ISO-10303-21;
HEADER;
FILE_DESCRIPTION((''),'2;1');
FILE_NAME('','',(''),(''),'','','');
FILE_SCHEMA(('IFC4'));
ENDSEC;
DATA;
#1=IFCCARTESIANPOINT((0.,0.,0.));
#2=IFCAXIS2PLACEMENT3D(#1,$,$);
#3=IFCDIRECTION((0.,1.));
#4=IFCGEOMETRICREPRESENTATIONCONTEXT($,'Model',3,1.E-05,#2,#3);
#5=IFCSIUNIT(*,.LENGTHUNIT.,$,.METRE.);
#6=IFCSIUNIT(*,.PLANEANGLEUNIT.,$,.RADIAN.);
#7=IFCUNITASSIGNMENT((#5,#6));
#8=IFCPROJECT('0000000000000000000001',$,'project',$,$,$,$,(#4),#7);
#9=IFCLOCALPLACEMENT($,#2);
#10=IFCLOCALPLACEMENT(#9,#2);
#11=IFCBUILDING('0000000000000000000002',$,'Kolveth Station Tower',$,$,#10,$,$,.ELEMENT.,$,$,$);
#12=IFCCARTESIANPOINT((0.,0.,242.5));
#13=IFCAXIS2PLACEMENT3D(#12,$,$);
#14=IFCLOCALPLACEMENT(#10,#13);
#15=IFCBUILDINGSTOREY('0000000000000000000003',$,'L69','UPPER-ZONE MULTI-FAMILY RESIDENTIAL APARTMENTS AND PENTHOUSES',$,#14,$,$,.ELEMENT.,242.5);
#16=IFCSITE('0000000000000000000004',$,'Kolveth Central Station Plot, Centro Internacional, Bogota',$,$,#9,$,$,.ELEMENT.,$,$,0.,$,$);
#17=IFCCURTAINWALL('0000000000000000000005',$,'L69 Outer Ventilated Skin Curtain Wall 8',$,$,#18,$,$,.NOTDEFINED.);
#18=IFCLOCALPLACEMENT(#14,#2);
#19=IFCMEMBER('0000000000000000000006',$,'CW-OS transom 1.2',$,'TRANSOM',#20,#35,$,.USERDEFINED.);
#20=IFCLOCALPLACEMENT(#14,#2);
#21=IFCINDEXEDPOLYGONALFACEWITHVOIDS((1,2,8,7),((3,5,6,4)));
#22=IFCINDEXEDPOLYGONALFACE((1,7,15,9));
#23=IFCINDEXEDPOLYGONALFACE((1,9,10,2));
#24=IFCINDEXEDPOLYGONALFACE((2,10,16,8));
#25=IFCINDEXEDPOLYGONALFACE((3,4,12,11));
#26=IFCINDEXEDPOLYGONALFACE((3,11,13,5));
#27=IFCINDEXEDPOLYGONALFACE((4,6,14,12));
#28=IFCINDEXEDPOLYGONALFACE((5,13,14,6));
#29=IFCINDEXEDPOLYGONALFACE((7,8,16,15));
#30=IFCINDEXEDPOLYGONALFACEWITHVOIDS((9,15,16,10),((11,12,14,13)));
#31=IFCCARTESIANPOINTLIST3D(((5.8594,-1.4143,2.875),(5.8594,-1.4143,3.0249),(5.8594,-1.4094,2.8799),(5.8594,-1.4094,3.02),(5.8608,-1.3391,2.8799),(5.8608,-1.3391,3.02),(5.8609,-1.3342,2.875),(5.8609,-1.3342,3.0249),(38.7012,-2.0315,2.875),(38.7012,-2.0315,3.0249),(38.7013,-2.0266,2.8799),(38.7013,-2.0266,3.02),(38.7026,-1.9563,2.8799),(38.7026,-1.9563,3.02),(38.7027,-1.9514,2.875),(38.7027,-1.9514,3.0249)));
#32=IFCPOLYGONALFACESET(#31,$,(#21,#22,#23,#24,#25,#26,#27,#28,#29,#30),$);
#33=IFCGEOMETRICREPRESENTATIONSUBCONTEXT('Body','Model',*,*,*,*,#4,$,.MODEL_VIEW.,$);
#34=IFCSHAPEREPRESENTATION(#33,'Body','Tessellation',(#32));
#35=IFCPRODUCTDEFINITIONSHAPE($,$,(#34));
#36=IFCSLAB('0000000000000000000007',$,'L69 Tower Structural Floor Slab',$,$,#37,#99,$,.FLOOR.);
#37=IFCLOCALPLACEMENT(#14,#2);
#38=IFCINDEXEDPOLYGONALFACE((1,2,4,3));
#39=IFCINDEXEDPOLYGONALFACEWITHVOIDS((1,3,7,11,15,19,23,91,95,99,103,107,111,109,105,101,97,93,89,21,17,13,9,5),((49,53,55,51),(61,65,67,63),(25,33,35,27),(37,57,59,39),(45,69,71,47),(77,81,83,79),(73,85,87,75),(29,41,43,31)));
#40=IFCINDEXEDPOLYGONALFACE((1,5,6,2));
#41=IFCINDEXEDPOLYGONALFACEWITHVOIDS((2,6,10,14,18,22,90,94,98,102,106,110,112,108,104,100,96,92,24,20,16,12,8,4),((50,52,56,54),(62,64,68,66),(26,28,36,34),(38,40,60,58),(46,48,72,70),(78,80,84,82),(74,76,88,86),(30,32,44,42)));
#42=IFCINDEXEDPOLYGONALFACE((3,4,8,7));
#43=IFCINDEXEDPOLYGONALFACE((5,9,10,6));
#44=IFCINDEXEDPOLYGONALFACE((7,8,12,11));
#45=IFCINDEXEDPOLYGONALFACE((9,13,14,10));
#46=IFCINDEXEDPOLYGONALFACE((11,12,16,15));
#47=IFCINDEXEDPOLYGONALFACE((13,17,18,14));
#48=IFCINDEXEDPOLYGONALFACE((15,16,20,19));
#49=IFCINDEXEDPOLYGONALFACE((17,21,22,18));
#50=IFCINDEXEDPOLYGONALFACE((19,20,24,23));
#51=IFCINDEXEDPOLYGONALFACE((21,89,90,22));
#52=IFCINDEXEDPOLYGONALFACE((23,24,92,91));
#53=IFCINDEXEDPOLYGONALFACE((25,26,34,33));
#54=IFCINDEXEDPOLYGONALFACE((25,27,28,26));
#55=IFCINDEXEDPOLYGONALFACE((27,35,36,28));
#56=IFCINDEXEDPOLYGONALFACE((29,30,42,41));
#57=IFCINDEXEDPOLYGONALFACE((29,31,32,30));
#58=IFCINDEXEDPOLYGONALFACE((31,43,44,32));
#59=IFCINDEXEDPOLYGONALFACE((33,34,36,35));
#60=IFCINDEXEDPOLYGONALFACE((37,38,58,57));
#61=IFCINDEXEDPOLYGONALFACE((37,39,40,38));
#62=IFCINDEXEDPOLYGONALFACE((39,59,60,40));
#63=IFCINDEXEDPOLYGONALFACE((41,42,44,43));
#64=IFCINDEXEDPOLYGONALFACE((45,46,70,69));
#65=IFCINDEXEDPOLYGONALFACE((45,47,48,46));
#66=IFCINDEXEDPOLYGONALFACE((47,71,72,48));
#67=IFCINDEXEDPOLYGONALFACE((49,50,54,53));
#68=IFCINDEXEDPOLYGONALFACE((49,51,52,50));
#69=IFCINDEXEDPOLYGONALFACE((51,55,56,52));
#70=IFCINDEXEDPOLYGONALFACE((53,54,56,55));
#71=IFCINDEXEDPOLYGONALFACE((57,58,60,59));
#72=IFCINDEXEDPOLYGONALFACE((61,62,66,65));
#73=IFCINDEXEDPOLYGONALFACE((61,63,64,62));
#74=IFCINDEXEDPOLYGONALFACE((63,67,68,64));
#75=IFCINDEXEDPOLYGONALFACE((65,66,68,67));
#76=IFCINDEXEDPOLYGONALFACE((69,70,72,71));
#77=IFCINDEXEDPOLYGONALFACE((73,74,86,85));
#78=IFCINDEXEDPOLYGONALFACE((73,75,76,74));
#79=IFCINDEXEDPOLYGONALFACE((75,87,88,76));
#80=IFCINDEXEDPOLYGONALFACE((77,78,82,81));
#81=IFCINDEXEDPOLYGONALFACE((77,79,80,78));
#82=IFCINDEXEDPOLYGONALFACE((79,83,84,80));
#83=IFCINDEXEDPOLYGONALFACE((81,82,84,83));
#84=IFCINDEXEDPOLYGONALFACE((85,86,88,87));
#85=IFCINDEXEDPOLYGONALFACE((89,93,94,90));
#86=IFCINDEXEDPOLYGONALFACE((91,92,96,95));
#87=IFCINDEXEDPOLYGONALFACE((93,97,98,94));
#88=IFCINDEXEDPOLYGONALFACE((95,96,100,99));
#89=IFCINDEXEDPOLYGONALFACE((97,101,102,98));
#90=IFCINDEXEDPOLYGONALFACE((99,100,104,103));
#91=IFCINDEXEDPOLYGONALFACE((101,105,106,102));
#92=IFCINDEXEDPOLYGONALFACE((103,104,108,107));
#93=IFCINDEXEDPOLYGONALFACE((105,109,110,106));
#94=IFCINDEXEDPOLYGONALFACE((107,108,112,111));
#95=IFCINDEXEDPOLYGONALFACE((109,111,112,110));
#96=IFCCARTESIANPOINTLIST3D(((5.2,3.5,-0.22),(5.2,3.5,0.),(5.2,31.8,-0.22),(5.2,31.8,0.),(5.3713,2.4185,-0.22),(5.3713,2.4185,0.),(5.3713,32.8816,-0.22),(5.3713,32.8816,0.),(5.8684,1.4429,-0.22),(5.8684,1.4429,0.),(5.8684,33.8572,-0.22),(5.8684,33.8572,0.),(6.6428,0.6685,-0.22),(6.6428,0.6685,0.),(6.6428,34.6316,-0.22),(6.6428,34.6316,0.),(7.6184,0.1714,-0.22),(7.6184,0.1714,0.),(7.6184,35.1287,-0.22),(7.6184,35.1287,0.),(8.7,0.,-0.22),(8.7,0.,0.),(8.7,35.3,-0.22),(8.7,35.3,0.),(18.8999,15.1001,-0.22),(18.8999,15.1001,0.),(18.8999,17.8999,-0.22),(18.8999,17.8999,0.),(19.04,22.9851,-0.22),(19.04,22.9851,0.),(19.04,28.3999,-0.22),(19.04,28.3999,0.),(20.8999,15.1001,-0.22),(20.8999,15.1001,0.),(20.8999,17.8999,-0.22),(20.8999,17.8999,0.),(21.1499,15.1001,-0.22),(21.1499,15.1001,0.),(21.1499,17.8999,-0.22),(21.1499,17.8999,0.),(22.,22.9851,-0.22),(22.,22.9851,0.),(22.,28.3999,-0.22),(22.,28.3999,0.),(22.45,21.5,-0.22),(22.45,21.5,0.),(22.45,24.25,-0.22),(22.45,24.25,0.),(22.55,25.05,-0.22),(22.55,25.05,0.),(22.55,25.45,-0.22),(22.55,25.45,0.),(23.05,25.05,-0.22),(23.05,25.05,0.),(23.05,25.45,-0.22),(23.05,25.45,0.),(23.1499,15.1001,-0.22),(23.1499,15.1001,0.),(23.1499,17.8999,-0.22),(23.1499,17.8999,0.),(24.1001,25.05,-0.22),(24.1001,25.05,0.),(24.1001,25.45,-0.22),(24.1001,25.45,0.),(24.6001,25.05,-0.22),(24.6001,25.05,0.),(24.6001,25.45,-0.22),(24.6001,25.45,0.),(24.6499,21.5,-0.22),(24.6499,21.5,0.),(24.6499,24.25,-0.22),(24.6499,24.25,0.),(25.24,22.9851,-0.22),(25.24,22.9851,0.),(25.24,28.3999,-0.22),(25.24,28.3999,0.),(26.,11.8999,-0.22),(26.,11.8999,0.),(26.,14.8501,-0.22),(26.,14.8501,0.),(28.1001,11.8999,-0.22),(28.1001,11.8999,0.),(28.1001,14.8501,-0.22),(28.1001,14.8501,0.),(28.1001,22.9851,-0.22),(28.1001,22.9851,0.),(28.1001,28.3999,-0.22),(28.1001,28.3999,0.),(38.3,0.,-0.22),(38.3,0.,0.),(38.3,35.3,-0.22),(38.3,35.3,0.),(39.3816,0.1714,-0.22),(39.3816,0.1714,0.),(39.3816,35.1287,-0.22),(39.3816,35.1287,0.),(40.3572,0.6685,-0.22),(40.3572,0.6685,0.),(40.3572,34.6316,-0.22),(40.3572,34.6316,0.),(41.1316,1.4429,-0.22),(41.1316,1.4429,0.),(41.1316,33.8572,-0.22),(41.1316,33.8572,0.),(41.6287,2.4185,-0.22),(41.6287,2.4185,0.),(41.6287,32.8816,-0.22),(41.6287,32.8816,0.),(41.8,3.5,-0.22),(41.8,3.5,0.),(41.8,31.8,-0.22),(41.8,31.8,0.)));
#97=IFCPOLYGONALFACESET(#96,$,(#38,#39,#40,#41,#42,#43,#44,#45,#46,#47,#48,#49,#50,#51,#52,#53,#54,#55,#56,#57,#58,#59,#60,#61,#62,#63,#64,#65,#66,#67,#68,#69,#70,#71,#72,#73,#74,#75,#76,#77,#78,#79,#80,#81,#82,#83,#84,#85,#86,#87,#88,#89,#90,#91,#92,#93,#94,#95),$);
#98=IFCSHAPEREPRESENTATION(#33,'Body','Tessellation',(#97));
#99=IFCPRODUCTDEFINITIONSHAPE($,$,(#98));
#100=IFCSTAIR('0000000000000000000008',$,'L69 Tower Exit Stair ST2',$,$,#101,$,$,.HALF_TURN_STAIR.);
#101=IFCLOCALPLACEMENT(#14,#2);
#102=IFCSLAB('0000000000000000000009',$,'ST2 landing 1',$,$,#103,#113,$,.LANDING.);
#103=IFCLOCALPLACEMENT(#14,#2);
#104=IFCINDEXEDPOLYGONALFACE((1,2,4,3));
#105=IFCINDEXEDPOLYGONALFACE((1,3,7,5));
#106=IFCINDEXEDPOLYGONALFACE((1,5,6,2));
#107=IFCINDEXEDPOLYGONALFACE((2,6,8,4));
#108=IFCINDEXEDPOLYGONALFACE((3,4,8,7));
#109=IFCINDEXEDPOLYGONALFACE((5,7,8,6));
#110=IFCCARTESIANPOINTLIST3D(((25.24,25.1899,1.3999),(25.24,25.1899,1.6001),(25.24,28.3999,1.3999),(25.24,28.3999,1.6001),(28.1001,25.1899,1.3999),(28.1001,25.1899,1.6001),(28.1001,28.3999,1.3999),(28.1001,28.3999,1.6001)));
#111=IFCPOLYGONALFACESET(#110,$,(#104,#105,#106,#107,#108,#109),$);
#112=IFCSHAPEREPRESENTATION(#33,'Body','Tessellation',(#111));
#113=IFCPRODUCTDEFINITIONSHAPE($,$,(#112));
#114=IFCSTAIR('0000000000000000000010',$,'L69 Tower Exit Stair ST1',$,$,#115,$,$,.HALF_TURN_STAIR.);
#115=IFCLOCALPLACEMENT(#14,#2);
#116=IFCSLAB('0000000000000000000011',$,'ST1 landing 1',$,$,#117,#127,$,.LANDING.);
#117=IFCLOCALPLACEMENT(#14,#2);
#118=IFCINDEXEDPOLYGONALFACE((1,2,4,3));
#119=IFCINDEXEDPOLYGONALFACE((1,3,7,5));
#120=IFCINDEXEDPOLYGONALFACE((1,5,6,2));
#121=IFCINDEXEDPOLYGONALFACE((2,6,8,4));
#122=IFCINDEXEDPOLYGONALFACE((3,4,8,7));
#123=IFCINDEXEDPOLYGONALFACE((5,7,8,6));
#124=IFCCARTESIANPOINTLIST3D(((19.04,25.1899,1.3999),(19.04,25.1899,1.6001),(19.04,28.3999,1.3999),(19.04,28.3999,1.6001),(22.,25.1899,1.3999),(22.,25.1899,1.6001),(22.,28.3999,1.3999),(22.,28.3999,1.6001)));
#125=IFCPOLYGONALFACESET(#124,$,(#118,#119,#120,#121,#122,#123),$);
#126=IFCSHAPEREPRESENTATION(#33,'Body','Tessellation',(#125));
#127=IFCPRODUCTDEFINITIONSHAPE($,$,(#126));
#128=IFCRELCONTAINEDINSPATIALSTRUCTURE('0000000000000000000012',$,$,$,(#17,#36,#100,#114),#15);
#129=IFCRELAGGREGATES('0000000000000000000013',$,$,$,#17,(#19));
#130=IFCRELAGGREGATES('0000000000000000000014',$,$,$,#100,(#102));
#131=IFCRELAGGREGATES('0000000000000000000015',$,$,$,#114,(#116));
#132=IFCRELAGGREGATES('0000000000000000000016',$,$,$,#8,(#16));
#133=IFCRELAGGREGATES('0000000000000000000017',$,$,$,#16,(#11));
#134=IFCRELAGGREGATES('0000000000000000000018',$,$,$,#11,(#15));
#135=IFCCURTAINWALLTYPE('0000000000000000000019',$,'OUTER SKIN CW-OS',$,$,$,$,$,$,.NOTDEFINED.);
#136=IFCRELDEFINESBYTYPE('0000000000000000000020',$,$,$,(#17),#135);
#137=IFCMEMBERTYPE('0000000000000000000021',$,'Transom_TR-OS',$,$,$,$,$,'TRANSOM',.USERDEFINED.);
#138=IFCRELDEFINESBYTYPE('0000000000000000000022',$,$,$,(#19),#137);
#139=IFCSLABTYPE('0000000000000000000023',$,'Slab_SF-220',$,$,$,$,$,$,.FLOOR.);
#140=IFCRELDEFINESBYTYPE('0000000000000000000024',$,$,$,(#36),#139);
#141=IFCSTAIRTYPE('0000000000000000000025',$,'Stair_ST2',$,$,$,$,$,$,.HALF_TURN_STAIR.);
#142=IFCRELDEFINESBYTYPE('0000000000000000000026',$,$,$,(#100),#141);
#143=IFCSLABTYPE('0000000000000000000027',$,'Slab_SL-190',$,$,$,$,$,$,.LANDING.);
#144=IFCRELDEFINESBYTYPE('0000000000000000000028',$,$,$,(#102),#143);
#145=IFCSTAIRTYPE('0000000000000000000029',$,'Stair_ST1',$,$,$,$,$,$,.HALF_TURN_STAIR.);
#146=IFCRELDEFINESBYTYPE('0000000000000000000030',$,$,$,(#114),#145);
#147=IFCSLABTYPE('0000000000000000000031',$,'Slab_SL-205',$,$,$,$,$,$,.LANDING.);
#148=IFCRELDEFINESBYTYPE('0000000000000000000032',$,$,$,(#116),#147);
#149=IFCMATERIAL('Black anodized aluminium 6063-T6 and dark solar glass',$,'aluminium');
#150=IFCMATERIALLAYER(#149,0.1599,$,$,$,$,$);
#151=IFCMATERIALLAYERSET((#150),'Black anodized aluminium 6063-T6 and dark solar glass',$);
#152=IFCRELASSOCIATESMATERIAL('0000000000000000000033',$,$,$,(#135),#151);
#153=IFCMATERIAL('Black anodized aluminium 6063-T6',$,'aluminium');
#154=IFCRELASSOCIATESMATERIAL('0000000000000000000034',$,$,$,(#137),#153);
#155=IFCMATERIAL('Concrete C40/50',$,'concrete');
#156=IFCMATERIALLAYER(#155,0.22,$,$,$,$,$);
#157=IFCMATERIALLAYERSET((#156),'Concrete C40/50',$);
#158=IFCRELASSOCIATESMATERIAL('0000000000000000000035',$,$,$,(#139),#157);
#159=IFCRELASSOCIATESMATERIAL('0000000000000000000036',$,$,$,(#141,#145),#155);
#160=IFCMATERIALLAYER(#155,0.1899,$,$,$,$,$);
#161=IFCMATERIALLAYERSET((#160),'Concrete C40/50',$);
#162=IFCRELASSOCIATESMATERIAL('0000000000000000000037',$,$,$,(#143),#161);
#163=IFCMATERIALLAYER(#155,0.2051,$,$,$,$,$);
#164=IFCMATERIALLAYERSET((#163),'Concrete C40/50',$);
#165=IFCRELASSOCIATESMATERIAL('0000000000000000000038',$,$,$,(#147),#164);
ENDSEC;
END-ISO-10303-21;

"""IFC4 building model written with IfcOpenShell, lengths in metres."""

from ifc_helpers import new_model, si_unit, direction, frame, origin, origin_2d, place, context, subcontext, project, spatial, polyline, hollow_rectangle, outline, extrude, source, transform, mapped, material, layer, layer_set, material_profile, profile_set, type_object, element, aggregate, save


model = new_model("IFC4")

# Units and contexts
model_context = context("Model", 3, precision=1e-05, world=origin(), true_north=direction((0.0, 1.0)))
body_context = subcontext(model_context, "Body", "Model", "MODEL_VIEW")
ifc_project = project(units=[si_unit("LENGTHUNIT", "METRE"), si_unit("PLANEANGLEUNIT", "RADIAN")], contexts=[model_context])

# Site, building, storey
site_placement = place(None, origin())
site = spatial("IfcSite", under=ifc_project, at=site_placement, Name="Kolveth Central Station Plot, Centro Internacional, Bogota", CompositionType="ELEMENT", RefElevation=0.0)
building_placement = place(site_placement, origin())
building = spatial("IfcBuilding", under=site, at=building_placement, Name="Kolveth Station Tower", CompositionType="ELEMENT")
storey_placement = place(building_placement, frame((0.0, 0.0, 242.5)))
storey = spatial("IfcBuildingStorey", under=building, at=storey_placement, Name="L69", Description="UPPER-ZONE MULTI-FAMILY RESIDENTIAL APARTMENTS AND PENTHOUSES", CompositionType="ELEMENT", Elevation=242.5)

# Curtain wall
ifc_material_1 = material(Name="Black anodized aluminium 6063-T6 and dark solar glass", Category="aluminium")
ifc_layer_1 = layer(ifc_material_1, 0.1599)
ifc_layer_set_1 = layer_set([ifc_layer_1], Name="Black anodized aluminium 6063-T6 and dark solar glass")
curtain_wall_type_1 = type_object("IfcCurtainWallType", Name="OUTER SKIN CW-OS", PredefinedType="NOTDEFINED", material=ifc_layer_set_1)
ifc_material_2 = material(Name="Black anodized aluminium 6063-T6", Category="aluminium")
curtain_wall_1_placement = place(storey_placement, origin())
curtain_wall_1 = element("IfcCurtainWall", 1, at=curtain_wall_1_placement, inside=storey, type_object=curtain_wall_type_1, Name="L69 Outer Ventilated Skin Curtain Wall 8", PredefinedType="NOTDEFINED")

# Member
ifc_material_profile_1 = material_profile(ifc_material_2, hollow_rectangle(XDim=0.0801, YDim=0.1499, WallThickness=0.0049, at=origin_2d()), Name="ALU-80x150x5")
ifc_profile_set_1 = profile_set([ifc_material_profile_1], Name="Black anodized aluminium 6063-T6")
member_type_1 = type_object("IfcMemberType", Name="Transom_TR-OS", ElementType="TRANSOM", PredefinedType="USERDEFINED", material=ifc_profile_set_1)
shared_shape_1 = source(origin(), body_context, "Body", "SweptSolid", [
    extrude(hollow_rectangle(XDim=0.0801, YDim=0.1499, WallThickness=0.0049, at=origin_2d()), origin(), (0.0, 0.0, 1.0), 32.8477),
])
member_1_placement = place(storey_placement, frame((5.8601, -1.3743, 2.95), z_axis=(0.999823, -0.018789, 0.0), x_axis=(0.018789, 0.999823, 0.0)))
member_1 = element("IfcMember", 2, at=member_1_placement, type_object=member_type_1, Name="CW-OS transom 1.2", ObjectType="TRANSOM", PredefinedType="USERDEFINED", context=body_context, shape_type="MappedRepresentation", body=[
    mapped(shared_shape_1, transform((0.0, 0.0, 0.0), x_axis=(1.0, 0.0, 0.0), y_axis=(0.0, 1.0, 0.0), z_axis=(0.0, 0.0, 1.0), scale=1.0)),
])
aggregate(curtain_wall_1, [member_1])

# Slab
ifc_material_3 = material(Name="Concrete C40/50", Category="concrete")
ifc_layer_2 = layer(ifc_material_3, 0.22)
ifc_layer_set_2 = layer_set([ifc_layer_2], Name="Concrete C40/50")
slab_type_1 = type_object("IfcSlabType", Name="Slab_SF-220", PredefinedType="FLOOR", material=ifc_layer_set_2)
slab_1_placement = place(storey_placement, frame((0.0, 0.0, -0.22)))
element("IfcSlab", 3, at=slab_1_placement, inside=storey, type_object=slab_type_1, Name="L69 Tower Structural Floor Slab", PredefinedType="FLOOR", context=body_context, shape_type="SweptSolid", body=[
    extrude(outline(polyline([(38.3, 0.0), (39.3816, 0.1714), (40.3572, 0.6685), (41.1316, 1.4429), (41.6287, 2.4185), (41.8, 3.5), (41.8, 31.8), (41.6287, 32.8816), (41.1316, 33.8572), (40.3572, 34.6316), (39.3816, 35.1287), (38.3, 35.3), (8.7, 35.3), (7.6184, 35.1287), (6.6428, 34.6316), (5.8684, 33.8572), (5.3713, 32.8816), (5.2, 31.8), (5.2, 3.5), (5.3713, 2.4185), (5.8684, 1.4429), (6.6428, 0.6685), (7.6184, 0.1714), (8.7, 0.0), (38.3, 0.0)]), holes=[polyline([(19.04, 22.9851), (22.0, 22.9851), (22.0, 28.3999), (19.04, 28.3999), (19.04, 22.9851)]), polyline([(25.24, 22.9851), (28.1001, 22.9851), (28.1001, 28.3999), (25.24, 28.3999), (25.24, 22.9851)]), polyline([(18.8999, 15.1001), (20.8999, 15.1001), (20.8999, 17.8999), (18.8999, 17.8999), (18.8999, 15.1001)]), polyline([(21.1499, 15.1001), (23.1499, 15.1001), (23.1499, 17.8999), (21.1499, 17.8999), (21.1499, 15.1001)]), polyline([(22.45, 21.5), (24.6499, 21.5), (24.6499, 24.25), (22.45, 24.25), (22.45, 21.5)]), polyline([(26.0, 11.8999), (28.1001, 11.8999), (28.1001, 14.8501), (26.0, 14.8501), (26.0, 11.8999)]), polyline([(22.55, 25.05), (23.05, 25.05), (23.05, 25.45), (22.55, 25.45), (22.55, 25.05)]), polyline([(24.1001, 25.05), (24.6001, 25.05), (24.6001, 25.45), (24.1001, 25.45), (24.1001, 25.05)])]), origin(), (0.0, 0.0, 1.0), 0.22),
])

# Stairs, slabs
stair_type_1 = type_object("IfcStairType", Name="Stair_ST2", PredefinedType="HALF_TURN_STAIR", material=ifc_material_3)
stair_1_placement = place(storey_placement, origin())
stair_1 = element("IfcStair", 4, at=stair_1_placement, inside=storey, type_object=stair_type_1, Name="L69 Tower Exit Stair ST2", PredefinedType="HALF_TURN_STAIR")
ifc_layer_3 = layer(ifc_material_3, 0.1899)
ifc_layer_set_3 = layer_set([ifc_layer_3], Name="Concrete C40/50")
slab_type_2 = type_object("IfcSlabType", Name="Slab_SL-190", PredefinedType="LANDING", material=ifc_layer_set_3)
slab_2_placement = place(storey_placement, frame((0.0, 0.0, 1.3999)))
slab_2 = element("IfcSlab", 5, at=slab_2_placement, type_object=slab_type_2, Name="ST2 landing 1", PredefinedType="LANDING", context=body_context, shape_type="SweptSolid", body=[
    extrude(outline(polyline([(28.1001, 25.1899), (28.1001, 28.3999), (25.24, 28.3999), (25.24, 25.1899), (28.1001, 25.1899)])), origin(), (0.0, 0.0, 1.0), 0.2002),
])
aggregate(stair_1, [slab_2])
stair_type_2 = type_object("IfcStairType", Name="Stair_ST1", PredefinedType="HALF_TURN_STAIR", material=ifc_material_3)
stair_2_placement = place(storey_placement, origin())
stair_2 = element("IfcStair", 6, at=stair_2_placement, inside=storey, type_object=stair_type_2, Name="L69 Tower Exit Stair ST1", PredefinedType="HALF_TURN_STAIR")
ifc_layer_4 = layer(ifc_material_3, 0.2051)
ifc_layer_set_4 = layer_set([ifc_layer_4], Name="Concrete C40/50")
slab_type_3 = type_object("IfcSlabType", Name="Slab_SL-205", PredefinedType="LANDING", material=ifc_layer_set_4)
slab_3_placement = place(storey_placement, frame((0.0, 0.0, 1.3999)))
slab_3 = element("IfcSlab", 7, at=slab_3_placement, type_object=slab_type_3, Name="ST1 landing 1", PredefinedType="LANDING", context=body_context, shape_type="SweptSolid", body=[
    extrude(outline(polyline([(22.0, 25.1899), (22.0, 28.3999), (19.04, 28.3999), (19.04, 25.1899), (22.0, 25.1899)])), origin(), (0.0, 0.0, 1.0), 0.2002),
])
aggregate(stair_2, [slab_3])

save(model, "model.ifc")
